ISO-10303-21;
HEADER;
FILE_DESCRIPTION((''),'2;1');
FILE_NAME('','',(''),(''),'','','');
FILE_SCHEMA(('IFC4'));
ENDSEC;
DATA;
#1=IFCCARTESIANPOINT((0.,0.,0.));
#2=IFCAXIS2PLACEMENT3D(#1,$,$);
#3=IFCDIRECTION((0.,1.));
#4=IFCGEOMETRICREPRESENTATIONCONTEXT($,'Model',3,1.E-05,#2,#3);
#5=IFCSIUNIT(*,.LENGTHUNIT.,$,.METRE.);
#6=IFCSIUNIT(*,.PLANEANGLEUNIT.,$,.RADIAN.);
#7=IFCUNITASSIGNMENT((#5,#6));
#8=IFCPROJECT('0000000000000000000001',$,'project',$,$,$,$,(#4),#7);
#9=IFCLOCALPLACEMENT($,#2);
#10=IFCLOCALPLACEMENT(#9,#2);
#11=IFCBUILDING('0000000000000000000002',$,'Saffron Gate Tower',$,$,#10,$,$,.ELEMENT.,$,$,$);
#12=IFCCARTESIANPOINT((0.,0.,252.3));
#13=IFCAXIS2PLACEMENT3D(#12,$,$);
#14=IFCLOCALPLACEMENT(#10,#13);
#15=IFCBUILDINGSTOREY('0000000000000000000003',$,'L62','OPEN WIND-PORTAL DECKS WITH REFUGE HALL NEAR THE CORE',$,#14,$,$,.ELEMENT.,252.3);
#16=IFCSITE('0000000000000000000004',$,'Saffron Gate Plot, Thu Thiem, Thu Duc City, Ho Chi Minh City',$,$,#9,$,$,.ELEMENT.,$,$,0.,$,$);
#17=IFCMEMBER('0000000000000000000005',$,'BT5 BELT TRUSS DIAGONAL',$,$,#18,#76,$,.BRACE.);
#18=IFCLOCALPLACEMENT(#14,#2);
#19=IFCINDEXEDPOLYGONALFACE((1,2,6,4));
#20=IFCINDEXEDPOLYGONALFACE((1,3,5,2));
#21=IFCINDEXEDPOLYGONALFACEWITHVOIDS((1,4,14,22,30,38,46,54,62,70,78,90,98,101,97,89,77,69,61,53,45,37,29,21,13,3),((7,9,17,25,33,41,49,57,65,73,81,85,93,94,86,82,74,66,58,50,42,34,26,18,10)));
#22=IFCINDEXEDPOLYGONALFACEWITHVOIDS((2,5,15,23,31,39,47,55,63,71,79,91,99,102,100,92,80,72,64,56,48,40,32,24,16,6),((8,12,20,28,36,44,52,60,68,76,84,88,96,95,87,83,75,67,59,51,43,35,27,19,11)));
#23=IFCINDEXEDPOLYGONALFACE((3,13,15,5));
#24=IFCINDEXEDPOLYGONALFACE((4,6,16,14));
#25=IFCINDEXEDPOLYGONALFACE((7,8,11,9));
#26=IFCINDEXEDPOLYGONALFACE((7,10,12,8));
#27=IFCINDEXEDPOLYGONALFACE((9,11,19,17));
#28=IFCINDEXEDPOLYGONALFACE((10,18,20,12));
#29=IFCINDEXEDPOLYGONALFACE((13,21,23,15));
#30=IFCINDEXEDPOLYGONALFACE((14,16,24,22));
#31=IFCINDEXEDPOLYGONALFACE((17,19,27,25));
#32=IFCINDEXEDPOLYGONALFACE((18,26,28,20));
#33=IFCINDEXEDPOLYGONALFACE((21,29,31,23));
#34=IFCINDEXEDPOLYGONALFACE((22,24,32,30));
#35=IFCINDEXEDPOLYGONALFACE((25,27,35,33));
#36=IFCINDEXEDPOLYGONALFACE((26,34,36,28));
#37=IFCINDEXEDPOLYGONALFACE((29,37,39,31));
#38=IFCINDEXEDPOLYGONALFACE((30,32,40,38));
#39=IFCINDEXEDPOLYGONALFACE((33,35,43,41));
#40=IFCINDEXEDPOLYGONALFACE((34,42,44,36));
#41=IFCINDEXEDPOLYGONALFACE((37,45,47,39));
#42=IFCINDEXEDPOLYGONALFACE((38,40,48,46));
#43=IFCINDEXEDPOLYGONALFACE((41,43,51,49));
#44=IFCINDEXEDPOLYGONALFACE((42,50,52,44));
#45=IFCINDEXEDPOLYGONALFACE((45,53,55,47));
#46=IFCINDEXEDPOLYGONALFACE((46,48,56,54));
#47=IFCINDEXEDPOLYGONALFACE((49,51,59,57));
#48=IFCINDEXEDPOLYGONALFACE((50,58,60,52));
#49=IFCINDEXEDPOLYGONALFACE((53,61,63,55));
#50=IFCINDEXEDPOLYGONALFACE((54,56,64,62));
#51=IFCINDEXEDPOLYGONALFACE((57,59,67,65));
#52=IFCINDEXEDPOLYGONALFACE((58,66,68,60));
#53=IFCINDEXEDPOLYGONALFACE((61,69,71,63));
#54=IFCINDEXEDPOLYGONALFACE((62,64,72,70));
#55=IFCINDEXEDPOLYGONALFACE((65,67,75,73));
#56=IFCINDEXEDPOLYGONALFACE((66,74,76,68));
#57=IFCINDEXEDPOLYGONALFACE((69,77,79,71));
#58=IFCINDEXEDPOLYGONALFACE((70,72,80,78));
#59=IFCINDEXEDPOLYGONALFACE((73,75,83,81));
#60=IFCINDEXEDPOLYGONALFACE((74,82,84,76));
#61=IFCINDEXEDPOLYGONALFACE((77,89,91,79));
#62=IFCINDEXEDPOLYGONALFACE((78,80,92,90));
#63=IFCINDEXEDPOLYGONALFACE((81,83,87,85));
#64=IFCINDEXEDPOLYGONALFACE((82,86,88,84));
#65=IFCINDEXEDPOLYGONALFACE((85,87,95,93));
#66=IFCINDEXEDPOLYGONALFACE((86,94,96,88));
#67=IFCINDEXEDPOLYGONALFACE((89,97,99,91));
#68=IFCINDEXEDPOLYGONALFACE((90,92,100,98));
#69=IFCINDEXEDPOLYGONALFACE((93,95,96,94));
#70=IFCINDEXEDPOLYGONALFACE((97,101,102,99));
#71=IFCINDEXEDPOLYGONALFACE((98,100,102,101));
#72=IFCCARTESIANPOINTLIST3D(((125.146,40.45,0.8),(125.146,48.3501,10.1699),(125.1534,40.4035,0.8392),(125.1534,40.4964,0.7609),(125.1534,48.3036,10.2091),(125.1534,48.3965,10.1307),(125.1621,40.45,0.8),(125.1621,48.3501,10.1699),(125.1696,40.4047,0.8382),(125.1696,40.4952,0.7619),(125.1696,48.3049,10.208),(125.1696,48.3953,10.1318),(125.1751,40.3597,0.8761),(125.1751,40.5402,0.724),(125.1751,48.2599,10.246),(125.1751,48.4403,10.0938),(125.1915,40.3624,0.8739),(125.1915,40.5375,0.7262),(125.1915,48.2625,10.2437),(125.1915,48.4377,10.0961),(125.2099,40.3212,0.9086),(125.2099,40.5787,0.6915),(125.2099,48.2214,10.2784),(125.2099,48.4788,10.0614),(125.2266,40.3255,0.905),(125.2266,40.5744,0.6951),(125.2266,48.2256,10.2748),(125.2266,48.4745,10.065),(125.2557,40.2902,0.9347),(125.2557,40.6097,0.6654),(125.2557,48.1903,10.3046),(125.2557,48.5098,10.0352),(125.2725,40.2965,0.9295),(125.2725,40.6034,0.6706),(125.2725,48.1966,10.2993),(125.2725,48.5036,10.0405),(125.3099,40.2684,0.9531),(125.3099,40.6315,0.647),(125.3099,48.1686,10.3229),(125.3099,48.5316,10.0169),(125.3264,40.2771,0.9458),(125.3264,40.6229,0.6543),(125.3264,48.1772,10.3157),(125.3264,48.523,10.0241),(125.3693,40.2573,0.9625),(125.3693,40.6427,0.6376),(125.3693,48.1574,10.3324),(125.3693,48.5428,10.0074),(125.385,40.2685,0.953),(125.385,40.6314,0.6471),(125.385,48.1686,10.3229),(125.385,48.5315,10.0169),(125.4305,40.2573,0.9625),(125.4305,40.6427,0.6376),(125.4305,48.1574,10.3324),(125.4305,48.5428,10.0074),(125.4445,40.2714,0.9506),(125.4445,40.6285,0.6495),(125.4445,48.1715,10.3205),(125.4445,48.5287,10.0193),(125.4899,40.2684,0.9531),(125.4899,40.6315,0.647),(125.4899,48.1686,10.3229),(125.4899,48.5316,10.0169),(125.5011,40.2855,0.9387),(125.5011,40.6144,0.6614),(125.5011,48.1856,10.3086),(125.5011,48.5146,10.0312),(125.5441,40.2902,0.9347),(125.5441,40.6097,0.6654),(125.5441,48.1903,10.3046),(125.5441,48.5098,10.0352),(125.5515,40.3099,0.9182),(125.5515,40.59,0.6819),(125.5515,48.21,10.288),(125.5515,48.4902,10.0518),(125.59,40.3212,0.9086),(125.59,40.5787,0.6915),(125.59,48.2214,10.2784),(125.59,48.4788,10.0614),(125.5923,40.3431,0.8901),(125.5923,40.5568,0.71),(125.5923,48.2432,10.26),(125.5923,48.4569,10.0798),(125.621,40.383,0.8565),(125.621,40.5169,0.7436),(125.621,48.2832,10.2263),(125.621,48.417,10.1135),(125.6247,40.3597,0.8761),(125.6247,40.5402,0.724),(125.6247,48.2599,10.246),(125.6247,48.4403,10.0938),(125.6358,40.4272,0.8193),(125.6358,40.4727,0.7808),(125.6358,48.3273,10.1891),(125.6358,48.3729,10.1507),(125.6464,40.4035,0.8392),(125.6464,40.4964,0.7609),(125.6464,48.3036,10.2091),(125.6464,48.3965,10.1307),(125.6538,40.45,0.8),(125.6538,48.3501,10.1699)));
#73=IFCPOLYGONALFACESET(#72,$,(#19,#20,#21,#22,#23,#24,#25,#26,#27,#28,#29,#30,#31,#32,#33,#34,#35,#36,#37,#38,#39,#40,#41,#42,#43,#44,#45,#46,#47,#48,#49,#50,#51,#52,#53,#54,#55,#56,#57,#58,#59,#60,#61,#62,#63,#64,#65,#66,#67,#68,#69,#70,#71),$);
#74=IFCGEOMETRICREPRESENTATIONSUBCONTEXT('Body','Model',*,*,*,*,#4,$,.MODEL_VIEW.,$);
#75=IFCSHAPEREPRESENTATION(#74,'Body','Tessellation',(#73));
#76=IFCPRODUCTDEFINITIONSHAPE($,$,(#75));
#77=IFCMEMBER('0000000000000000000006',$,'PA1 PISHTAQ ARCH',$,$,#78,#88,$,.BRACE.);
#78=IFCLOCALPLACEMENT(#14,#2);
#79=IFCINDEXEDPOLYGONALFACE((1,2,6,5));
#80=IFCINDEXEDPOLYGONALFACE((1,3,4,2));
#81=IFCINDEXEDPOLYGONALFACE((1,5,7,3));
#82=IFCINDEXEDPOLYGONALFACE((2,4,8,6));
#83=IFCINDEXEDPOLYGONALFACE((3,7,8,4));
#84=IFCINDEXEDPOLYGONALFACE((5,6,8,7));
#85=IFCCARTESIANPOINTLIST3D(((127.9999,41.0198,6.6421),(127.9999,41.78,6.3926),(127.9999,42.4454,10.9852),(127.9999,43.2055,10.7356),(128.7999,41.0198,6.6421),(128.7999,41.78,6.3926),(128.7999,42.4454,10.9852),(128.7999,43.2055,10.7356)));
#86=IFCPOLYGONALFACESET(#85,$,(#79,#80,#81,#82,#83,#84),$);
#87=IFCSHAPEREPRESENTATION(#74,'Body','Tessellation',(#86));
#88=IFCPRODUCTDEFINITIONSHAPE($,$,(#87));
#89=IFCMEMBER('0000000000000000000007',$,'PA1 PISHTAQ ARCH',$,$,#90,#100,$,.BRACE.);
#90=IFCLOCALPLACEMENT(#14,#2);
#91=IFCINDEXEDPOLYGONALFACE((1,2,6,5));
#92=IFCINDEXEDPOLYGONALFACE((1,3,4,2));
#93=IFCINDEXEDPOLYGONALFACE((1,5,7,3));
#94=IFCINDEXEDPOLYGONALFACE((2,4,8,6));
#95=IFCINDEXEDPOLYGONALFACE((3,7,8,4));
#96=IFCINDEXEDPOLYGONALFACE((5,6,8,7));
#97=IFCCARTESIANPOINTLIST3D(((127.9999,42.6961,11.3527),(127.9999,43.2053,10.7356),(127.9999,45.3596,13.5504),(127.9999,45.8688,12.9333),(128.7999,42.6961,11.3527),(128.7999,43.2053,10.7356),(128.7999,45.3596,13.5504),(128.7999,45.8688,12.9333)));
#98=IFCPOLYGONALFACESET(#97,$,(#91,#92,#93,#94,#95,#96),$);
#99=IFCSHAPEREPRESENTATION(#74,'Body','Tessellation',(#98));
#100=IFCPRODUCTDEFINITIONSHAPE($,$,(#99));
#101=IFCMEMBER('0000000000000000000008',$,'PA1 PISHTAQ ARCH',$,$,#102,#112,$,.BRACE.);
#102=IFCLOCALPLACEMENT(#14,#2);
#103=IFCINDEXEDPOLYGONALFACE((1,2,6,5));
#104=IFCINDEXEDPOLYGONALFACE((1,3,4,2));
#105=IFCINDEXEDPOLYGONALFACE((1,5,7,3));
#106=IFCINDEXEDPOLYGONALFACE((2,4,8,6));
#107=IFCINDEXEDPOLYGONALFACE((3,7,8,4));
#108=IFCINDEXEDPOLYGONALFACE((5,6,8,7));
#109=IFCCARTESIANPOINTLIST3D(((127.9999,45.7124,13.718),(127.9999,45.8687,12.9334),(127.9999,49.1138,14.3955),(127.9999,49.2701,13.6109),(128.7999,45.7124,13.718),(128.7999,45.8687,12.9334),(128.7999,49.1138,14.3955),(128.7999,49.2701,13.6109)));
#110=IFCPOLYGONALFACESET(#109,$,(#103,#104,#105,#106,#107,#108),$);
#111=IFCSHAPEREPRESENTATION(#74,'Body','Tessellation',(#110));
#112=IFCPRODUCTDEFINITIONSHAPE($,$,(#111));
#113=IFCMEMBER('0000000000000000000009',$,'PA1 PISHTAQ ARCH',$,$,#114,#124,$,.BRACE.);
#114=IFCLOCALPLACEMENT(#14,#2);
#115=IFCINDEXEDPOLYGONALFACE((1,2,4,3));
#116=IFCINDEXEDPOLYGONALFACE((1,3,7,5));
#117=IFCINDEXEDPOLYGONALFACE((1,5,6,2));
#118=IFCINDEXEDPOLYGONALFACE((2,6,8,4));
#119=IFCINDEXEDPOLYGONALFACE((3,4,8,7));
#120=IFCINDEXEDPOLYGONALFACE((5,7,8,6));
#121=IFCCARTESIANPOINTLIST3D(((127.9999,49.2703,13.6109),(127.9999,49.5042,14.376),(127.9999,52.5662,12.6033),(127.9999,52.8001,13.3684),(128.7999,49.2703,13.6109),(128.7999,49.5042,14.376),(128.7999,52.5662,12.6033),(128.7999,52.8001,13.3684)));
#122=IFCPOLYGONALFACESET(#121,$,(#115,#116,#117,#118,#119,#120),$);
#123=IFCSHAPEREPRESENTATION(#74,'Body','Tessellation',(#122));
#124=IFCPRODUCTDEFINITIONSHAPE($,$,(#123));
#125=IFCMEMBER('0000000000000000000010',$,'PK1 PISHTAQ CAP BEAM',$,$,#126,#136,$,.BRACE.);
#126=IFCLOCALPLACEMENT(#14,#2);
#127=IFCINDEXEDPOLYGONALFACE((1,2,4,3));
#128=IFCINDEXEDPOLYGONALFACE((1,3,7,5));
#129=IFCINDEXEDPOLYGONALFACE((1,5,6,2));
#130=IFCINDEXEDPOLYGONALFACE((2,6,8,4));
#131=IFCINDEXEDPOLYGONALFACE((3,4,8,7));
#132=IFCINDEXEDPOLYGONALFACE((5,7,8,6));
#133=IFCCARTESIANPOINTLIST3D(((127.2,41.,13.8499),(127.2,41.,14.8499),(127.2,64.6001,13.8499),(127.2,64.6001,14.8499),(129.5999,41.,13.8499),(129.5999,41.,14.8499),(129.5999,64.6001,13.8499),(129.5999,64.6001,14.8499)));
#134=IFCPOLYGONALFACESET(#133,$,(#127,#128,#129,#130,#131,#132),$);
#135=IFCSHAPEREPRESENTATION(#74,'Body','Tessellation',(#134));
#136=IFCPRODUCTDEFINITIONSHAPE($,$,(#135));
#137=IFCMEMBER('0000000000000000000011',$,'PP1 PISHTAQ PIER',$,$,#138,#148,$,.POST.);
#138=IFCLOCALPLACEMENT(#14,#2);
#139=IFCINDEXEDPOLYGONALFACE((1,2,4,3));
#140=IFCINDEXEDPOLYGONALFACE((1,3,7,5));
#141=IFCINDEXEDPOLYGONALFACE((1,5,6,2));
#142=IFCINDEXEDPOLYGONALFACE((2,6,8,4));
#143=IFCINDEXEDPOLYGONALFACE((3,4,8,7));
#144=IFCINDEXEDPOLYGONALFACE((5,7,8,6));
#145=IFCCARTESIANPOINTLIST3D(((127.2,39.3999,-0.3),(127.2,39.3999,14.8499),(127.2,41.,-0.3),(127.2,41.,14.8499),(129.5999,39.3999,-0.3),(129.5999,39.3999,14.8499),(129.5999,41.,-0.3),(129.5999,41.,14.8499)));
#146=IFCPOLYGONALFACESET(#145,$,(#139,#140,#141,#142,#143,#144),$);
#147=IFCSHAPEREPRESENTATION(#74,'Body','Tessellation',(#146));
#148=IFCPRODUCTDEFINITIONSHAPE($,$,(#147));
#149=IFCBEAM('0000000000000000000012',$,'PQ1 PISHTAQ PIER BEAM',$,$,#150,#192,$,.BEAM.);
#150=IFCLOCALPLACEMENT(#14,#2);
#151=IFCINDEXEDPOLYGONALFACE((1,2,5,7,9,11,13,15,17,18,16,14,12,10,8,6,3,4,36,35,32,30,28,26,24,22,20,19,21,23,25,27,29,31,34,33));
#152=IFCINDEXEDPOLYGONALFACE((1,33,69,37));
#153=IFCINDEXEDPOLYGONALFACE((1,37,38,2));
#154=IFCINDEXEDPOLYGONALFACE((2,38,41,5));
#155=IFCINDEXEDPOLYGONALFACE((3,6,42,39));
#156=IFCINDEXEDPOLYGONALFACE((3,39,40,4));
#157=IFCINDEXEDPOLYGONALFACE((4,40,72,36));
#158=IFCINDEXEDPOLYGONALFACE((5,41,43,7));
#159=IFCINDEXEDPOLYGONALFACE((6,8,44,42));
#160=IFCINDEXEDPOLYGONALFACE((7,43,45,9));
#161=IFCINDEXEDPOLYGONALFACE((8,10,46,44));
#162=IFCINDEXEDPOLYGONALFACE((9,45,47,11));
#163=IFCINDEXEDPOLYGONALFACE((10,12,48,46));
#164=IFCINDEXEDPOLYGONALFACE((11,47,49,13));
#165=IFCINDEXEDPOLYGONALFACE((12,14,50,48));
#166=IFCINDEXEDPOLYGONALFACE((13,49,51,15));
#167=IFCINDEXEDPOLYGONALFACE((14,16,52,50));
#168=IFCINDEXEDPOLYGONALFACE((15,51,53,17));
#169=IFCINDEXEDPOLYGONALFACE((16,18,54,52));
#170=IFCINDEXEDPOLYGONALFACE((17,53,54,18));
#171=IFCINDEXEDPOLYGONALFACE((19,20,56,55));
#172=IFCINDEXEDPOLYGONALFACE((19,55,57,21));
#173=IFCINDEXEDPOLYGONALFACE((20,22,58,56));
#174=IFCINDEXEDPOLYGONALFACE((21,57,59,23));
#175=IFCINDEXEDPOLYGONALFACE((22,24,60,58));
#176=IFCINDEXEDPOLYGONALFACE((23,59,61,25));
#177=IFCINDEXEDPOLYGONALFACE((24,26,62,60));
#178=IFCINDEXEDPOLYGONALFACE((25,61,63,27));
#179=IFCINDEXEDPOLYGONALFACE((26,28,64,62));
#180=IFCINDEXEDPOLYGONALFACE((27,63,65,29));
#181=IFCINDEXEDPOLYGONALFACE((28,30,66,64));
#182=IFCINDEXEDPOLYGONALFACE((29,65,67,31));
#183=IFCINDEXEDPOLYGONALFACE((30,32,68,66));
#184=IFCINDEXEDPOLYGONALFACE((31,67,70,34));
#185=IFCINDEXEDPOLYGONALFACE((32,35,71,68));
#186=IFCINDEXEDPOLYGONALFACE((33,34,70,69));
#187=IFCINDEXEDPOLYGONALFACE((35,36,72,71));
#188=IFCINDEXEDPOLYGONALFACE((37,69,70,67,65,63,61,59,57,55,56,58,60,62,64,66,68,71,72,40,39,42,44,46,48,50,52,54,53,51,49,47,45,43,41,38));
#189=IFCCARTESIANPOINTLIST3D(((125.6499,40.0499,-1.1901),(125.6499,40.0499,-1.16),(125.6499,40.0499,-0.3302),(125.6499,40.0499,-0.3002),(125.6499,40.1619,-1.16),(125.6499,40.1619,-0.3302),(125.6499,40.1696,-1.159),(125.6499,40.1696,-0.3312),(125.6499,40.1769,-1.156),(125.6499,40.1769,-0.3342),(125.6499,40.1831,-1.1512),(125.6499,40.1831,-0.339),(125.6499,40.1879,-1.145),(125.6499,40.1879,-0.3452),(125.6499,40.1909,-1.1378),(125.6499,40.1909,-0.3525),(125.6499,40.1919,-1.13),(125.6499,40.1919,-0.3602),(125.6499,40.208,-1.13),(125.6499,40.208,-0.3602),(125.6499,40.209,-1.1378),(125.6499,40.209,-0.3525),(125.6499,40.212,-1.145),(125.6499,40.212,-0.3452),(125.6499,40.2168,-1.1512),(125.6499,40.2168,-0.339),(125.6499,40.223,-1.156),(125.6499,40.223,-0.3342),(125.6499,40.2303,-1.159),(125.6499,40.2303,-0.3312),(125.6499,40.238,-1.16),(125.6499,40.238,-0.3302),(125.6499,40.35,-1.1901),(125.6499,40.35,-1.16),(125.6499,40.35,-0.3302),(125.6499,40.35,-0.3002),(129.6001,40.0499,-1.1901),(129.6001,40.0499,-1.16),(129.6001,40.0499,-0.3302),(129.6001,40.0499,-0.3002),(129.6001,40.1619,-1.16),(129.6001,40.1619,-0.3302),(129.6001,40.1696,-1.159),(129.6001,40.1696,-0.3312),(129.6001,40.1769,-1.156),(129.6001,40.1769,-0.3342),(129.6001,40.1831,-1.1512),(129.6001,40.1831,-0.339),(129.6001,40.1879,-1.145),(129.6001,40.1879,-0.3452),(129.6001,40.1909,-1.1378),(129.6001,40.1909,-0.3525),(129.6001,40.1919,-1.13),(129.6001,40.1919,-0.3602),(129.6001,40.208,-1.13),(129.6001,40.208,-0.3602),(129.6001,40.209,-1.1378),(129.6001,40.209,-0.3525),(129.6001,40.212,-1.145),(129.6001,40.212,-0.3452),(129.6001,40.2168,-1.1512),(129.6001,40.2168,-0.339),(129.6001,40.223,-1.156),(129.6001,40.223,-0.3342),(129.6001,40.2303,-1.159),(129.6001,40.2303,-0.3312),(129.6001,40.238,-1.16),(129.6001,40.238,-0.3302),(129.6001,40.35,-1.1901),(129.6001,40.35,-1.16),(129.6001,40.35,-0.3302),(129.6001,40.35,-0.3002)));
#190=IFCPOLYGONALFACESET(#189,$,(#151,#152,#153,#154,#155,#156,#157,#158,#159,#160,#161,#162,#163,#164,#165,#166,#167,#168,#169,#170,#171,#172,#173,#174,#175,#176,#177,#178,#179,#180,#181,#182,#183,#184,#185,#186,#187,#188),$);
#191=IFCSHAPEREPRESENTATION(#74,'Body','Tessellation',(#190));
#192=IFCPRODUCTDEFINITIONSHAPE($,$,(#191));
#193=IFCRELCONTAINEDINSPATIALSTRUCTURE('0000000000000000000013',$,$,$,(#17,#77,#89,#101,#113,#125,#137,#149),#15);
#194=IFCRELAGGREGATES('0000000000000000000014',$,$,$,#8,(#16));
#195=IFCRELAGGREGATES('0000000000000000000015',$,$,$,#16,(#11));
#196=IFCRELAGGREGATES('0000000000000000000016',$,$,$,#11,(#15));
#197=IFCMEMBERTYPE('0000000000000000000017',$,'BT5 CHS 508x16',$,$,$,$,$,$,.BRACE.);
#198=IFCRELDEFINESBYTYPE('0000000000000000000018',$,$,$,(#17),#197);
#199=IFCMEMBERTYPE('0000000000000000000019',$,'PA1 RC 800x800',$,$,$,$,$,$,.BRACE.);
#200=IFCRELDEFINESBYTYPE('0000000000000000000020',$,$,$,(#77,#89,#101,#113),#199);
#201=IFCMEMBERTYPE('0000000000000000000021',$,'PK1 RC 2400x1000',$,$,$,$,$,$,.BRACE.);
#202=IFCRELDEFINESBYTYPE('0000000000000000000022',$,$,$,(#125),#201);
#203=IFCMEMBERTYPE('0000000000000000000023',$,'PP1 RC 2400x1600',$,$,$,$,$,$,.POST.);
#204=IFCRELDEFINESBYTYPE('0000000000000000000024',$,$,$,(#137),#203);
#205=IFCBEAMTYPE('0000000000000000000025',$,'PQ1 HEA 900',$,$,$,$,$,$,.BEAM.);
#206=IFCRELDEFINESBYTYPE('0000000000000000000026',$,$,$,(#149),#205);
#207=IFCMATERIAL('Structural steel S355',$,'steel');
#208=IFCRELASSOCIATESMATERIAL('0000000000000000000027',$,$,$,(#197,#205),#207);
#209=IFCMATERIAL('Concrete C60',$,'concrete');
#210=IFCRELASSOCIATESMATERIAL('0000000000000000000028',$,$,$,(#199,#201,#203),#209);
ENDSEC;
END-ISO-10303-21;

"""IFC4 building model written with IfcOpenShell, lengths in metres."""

from ifc_helpers import new_model, si_unit, direction, frame, origin, origin_2d, place, context, subcontext, project, spatial, rectangle, hollow_circle, i_section, extrude, material, material_profile, profile_set, type_object, element, save


model = new_model("IFC4")

# Units and contexts
model_context = context("Model", 3, precision=1e-05, world=origin(), true_north=direction((0.0, 1.0)))
body_context = subcontext(model_context, "Body", "Model", "MODEL_VIEW")
ifc_project = project(units=[si_unit("LENGTHUNIT", "METRE"), si_unit("PLANEANGLEUNIT", "RADIAN")], contexts=[model_context])

# Site, building, storey
site_placement = place(None, origin())
site = spatial("IfcSite", under=ifc_project, at=site_placement, Name="Saffron Gate Plot, Thu Thiem, Thu Duc City, Ho Chi Minh City", CompositionType="ELEMENT", RefElevation=0.0)
building_placement = place(site_placement, origin())
building = spatial("IfcBuilding", under=site, at=building_placement, Name="Saffron Gate Tower", CompositionType="ELEMENT")
storey_placement = place(building_placement, frame((0.0, 0.0, 252.3)))
storey = spatial("IfcBuildingStorey", under=building, at=storey_placement, Name="L62", Description="OPEN WIND-PORTAL DECKS WITH REFUGE HALL NEAR THE CORE", CompositionType="ELEMENT", Elevation=252.3)

# Shared definitions
ifc_material_1 = material(Name="Structural steel S355", Category="steel")

# Members
ifc_material_profile_1 = material_profile(ifc_material_1, hollow_circle(Radius=0.2539, WallThickness=0.0161, at=origin_2d()))
ifc_profile_set_1 = profile_set([ifc_material_profile_1], Name="Structural steel S355")
member_type_1 = type_object("IfcMemberType", Name="BT5 CHS 508x16", PredefinedType="BRACE", material=ifc_profile_set_1)
member_1_placement = place(storey_placement, frame((125.3999, 40.45, 0.8), z_axis=(0.0, 0.6446, 0.76452), x_axis=(-1.0, 0.0, 0.0)))
element("IfcMember", 1, at=member_1_placement, inside=storey, type_object=member_type_1, Name="BT5 BELT TRUSS DIAGONAL", PredefinedType="BRACE", context=body_context, shape_type="SweptSolid", body=[
    extrude(hollow_circle(Radius=0.2539, WallThickness=0.0161, at=origin_2d()), origin(), (0.0, 0.0, 1.0), 12.2559),
])
ifc_material_2 = material(Name="Concrete C60", Category="concrete")
ifc_material_profile_2 = material_profile(ifc_material_2, rectangle(XDim=0.8, YDim=0.8, at=origin_2d()))
ifc_profile_set_2 = profile_set([ifc_material_profile_2], Name="Concrete C60")
member_type_2 = type_object("IfcMemberType", Name="PA1 RC 800x800", PredefinedType="BRACE", material=ifc_profile_set_2)
member_2_placement = place(storey_placement, frame((128.3999, 41.3999, 6.5173), z_axis=(0.0, 0.311866, 0.950126), x_axis=(-1.0, 0.0, 0.0)))
element("IfcMember", 2, at=member_2_placement, inside=storey, type_object=member_type_2, Name="PA1 PISHTAQ ARCH", PredefinedType="BRACE", context=body_context, shape_type="SweptSolid", body=[
    extrude(rectangle(XDim=0.8, YDim=0.8, at=origin_2d()), origin(), (0.0, 0.0, 1.0), 4.571),
])
member_3_placement = place(storey_placement, frame((128.3999, 42.9507, 11.0442), z_axis=(0.0, 0.77133, 0.636436), x_axis=(-1.0, 0.0, 0.0)))
element("IfcMember", 3, at=member_3_placement, inside=storey, type_object=member_type_2, Name="PA1 PISHTAQ ARCH", PredefinedType="BRACE", context=body_context, shape_type="SweptSolid", body=[
    extrude(rectangle(XDim=0.8, YDim=0.8, at=origin_2d()), origin(), (0.0, 0.0, 1.0), 3.4531),
])
member_4_placement = place(storey_placement, frame((128.3999, 45.7905, 13.3257), z_axis=(0.0, 0.980735, 0.195344), x_axis=(-1.0, 0.0, 0.0)))
element("IfcMember", 4, at=member_4_placement, inside=storey, type_object=member_type_2, Name="PA1 PISHTAQ ARCH", PredefinedType="BRACE", context=body_context, shape_type="SweptSolid", body=[
    extrude(rectangle(XDim=0.8, YDim=0.8, at=origin_2d()), origin(), (0.0, 0.0, 1.0), 3.4683),
])
member_5_placement = place(storey_placement, frame((128.3999, 49.3872, 13.9934), z_axis=(0.0, 0.956312, -0.292348), x_axis=(-1.0, 0.0, 0.0)))
element("IfcMember", 5, at=member_5_placement, inside=storey, type_object=member_type_2, Name="PA1 PISHTAQ ARCH", PredefinedType="BRACE", context=body_context, shape_type="SweptSolid", body=[
    extrude(rectangle(XDim=0.8, YDim=0.8, at=origin_2d()), origin(), (0.0, 0.0, 1.0), 3.4465),
])
ifc_material_profile_3 = material_profile(ifc_material_2, rectangle(XDim=2.3999, YDim=1.0, at=origin_2d()))
ifc_profile_set_3 = profile_set([ifc_material_profile_3], Name="Concrete C60")
member_type_3 = type_object("IfcMemberType", Name="PK1 RC 2400x1000", PredefinedType="BRACE", material=ifc_profile_set_3)
member_6_placement = place(storey_placement, frame((128.3999, 41.0, 14.3499), z_axis=(0.0, 1.0, 0.0), x_axis=(-1.0, 0.0, 0.0)))
element("IfcMember", 6, at=member_6_placement, inside=storey, type_object=member_type_3, Name="PK1 PISHTAQ CAP BEAM", PredefinedType="BRACE", context=body_context, shape_type="SweptSolid", body=[
    extrude(rectangle(XDim=2.3999, YDim=1.0, at=origin_2d()), origin(), (0.0, 0.0, 1.0), 23.6001),
])
ifc_material_profile_4 = material_profile(ifc_material_2, rectangle(XDim=2.3999, YDim=1.6001, at=origin_2d()))
ifc_profile_set_4 = profile_set([ifc_material_profile_4], Name="Concrete C60")
member_type_4 = type_object("IfcMemberType", Name="PP1 RC 2400x1600", PredefinedType="POST", material=ifc_profile_set_4)
member_7_placement = place(storey_placement, frame((128.3999, 40.2, -0.3), z_axis=(0.0, 0.0, 1.0), x_axis=(1.0, 0.0, 0.0)))
element("IfcMember", 7, at=member_7_placement, inside=storey, type_object=member_type_4, Name="PP1 PISHTAQ PIER", PredefinedType="POST", context=body_context, shape_type="SweptSolid", body=[
    extrude(rectangle(XDim=2.3999, YDim=1.6001, at=origin_2d()), origin(), (0.0, 0.0, 1.0), 15.1499),
])

# Beam
ifc_material_profile_5 = material_profile(ifc_material_1, i_section(OverallWidth=0.3, OverallDepth=0.8899, WebThickness=0.0161, FlangeThickness=0.03, FilletRadius=0.03, at=origin_2d()))
ifc_profile_set_5 = profile_set([ifc_material_profile_5], Name="Structural steel S355")
beam_type_1 = type_object("IfcBeamType", Name="PQ1 HEA 900", PredefinedType="BEAM", material=ifc_profile_set_5)
beam_1_placement = place(storey_placement, frame((129.6001, 40.2, -0.7451), z_axis=(-1.0, 0.0, 0.0), x_axis=(0.0, -1.0, 0.0)))
element("IfcBeam", 8, at=beam_1_placement, inside=storey, type_object=beam_type_1, Name="PQ1 PISHTAQ PIER BEAM", PredefinedType="BEAM", context=body_context, shape_type="SweptSolid", body=[
    extrude(i_section(OverallWidth=0.3, OverallDepth=0.8899, WebThickness=0.0161, FlangeThickness=0.03, FilletRadius=0.03, at=origin_2d()), origin(), (0.0, 0.0, 1.0), 3.9502),
])

save(model, "model.ifc")
